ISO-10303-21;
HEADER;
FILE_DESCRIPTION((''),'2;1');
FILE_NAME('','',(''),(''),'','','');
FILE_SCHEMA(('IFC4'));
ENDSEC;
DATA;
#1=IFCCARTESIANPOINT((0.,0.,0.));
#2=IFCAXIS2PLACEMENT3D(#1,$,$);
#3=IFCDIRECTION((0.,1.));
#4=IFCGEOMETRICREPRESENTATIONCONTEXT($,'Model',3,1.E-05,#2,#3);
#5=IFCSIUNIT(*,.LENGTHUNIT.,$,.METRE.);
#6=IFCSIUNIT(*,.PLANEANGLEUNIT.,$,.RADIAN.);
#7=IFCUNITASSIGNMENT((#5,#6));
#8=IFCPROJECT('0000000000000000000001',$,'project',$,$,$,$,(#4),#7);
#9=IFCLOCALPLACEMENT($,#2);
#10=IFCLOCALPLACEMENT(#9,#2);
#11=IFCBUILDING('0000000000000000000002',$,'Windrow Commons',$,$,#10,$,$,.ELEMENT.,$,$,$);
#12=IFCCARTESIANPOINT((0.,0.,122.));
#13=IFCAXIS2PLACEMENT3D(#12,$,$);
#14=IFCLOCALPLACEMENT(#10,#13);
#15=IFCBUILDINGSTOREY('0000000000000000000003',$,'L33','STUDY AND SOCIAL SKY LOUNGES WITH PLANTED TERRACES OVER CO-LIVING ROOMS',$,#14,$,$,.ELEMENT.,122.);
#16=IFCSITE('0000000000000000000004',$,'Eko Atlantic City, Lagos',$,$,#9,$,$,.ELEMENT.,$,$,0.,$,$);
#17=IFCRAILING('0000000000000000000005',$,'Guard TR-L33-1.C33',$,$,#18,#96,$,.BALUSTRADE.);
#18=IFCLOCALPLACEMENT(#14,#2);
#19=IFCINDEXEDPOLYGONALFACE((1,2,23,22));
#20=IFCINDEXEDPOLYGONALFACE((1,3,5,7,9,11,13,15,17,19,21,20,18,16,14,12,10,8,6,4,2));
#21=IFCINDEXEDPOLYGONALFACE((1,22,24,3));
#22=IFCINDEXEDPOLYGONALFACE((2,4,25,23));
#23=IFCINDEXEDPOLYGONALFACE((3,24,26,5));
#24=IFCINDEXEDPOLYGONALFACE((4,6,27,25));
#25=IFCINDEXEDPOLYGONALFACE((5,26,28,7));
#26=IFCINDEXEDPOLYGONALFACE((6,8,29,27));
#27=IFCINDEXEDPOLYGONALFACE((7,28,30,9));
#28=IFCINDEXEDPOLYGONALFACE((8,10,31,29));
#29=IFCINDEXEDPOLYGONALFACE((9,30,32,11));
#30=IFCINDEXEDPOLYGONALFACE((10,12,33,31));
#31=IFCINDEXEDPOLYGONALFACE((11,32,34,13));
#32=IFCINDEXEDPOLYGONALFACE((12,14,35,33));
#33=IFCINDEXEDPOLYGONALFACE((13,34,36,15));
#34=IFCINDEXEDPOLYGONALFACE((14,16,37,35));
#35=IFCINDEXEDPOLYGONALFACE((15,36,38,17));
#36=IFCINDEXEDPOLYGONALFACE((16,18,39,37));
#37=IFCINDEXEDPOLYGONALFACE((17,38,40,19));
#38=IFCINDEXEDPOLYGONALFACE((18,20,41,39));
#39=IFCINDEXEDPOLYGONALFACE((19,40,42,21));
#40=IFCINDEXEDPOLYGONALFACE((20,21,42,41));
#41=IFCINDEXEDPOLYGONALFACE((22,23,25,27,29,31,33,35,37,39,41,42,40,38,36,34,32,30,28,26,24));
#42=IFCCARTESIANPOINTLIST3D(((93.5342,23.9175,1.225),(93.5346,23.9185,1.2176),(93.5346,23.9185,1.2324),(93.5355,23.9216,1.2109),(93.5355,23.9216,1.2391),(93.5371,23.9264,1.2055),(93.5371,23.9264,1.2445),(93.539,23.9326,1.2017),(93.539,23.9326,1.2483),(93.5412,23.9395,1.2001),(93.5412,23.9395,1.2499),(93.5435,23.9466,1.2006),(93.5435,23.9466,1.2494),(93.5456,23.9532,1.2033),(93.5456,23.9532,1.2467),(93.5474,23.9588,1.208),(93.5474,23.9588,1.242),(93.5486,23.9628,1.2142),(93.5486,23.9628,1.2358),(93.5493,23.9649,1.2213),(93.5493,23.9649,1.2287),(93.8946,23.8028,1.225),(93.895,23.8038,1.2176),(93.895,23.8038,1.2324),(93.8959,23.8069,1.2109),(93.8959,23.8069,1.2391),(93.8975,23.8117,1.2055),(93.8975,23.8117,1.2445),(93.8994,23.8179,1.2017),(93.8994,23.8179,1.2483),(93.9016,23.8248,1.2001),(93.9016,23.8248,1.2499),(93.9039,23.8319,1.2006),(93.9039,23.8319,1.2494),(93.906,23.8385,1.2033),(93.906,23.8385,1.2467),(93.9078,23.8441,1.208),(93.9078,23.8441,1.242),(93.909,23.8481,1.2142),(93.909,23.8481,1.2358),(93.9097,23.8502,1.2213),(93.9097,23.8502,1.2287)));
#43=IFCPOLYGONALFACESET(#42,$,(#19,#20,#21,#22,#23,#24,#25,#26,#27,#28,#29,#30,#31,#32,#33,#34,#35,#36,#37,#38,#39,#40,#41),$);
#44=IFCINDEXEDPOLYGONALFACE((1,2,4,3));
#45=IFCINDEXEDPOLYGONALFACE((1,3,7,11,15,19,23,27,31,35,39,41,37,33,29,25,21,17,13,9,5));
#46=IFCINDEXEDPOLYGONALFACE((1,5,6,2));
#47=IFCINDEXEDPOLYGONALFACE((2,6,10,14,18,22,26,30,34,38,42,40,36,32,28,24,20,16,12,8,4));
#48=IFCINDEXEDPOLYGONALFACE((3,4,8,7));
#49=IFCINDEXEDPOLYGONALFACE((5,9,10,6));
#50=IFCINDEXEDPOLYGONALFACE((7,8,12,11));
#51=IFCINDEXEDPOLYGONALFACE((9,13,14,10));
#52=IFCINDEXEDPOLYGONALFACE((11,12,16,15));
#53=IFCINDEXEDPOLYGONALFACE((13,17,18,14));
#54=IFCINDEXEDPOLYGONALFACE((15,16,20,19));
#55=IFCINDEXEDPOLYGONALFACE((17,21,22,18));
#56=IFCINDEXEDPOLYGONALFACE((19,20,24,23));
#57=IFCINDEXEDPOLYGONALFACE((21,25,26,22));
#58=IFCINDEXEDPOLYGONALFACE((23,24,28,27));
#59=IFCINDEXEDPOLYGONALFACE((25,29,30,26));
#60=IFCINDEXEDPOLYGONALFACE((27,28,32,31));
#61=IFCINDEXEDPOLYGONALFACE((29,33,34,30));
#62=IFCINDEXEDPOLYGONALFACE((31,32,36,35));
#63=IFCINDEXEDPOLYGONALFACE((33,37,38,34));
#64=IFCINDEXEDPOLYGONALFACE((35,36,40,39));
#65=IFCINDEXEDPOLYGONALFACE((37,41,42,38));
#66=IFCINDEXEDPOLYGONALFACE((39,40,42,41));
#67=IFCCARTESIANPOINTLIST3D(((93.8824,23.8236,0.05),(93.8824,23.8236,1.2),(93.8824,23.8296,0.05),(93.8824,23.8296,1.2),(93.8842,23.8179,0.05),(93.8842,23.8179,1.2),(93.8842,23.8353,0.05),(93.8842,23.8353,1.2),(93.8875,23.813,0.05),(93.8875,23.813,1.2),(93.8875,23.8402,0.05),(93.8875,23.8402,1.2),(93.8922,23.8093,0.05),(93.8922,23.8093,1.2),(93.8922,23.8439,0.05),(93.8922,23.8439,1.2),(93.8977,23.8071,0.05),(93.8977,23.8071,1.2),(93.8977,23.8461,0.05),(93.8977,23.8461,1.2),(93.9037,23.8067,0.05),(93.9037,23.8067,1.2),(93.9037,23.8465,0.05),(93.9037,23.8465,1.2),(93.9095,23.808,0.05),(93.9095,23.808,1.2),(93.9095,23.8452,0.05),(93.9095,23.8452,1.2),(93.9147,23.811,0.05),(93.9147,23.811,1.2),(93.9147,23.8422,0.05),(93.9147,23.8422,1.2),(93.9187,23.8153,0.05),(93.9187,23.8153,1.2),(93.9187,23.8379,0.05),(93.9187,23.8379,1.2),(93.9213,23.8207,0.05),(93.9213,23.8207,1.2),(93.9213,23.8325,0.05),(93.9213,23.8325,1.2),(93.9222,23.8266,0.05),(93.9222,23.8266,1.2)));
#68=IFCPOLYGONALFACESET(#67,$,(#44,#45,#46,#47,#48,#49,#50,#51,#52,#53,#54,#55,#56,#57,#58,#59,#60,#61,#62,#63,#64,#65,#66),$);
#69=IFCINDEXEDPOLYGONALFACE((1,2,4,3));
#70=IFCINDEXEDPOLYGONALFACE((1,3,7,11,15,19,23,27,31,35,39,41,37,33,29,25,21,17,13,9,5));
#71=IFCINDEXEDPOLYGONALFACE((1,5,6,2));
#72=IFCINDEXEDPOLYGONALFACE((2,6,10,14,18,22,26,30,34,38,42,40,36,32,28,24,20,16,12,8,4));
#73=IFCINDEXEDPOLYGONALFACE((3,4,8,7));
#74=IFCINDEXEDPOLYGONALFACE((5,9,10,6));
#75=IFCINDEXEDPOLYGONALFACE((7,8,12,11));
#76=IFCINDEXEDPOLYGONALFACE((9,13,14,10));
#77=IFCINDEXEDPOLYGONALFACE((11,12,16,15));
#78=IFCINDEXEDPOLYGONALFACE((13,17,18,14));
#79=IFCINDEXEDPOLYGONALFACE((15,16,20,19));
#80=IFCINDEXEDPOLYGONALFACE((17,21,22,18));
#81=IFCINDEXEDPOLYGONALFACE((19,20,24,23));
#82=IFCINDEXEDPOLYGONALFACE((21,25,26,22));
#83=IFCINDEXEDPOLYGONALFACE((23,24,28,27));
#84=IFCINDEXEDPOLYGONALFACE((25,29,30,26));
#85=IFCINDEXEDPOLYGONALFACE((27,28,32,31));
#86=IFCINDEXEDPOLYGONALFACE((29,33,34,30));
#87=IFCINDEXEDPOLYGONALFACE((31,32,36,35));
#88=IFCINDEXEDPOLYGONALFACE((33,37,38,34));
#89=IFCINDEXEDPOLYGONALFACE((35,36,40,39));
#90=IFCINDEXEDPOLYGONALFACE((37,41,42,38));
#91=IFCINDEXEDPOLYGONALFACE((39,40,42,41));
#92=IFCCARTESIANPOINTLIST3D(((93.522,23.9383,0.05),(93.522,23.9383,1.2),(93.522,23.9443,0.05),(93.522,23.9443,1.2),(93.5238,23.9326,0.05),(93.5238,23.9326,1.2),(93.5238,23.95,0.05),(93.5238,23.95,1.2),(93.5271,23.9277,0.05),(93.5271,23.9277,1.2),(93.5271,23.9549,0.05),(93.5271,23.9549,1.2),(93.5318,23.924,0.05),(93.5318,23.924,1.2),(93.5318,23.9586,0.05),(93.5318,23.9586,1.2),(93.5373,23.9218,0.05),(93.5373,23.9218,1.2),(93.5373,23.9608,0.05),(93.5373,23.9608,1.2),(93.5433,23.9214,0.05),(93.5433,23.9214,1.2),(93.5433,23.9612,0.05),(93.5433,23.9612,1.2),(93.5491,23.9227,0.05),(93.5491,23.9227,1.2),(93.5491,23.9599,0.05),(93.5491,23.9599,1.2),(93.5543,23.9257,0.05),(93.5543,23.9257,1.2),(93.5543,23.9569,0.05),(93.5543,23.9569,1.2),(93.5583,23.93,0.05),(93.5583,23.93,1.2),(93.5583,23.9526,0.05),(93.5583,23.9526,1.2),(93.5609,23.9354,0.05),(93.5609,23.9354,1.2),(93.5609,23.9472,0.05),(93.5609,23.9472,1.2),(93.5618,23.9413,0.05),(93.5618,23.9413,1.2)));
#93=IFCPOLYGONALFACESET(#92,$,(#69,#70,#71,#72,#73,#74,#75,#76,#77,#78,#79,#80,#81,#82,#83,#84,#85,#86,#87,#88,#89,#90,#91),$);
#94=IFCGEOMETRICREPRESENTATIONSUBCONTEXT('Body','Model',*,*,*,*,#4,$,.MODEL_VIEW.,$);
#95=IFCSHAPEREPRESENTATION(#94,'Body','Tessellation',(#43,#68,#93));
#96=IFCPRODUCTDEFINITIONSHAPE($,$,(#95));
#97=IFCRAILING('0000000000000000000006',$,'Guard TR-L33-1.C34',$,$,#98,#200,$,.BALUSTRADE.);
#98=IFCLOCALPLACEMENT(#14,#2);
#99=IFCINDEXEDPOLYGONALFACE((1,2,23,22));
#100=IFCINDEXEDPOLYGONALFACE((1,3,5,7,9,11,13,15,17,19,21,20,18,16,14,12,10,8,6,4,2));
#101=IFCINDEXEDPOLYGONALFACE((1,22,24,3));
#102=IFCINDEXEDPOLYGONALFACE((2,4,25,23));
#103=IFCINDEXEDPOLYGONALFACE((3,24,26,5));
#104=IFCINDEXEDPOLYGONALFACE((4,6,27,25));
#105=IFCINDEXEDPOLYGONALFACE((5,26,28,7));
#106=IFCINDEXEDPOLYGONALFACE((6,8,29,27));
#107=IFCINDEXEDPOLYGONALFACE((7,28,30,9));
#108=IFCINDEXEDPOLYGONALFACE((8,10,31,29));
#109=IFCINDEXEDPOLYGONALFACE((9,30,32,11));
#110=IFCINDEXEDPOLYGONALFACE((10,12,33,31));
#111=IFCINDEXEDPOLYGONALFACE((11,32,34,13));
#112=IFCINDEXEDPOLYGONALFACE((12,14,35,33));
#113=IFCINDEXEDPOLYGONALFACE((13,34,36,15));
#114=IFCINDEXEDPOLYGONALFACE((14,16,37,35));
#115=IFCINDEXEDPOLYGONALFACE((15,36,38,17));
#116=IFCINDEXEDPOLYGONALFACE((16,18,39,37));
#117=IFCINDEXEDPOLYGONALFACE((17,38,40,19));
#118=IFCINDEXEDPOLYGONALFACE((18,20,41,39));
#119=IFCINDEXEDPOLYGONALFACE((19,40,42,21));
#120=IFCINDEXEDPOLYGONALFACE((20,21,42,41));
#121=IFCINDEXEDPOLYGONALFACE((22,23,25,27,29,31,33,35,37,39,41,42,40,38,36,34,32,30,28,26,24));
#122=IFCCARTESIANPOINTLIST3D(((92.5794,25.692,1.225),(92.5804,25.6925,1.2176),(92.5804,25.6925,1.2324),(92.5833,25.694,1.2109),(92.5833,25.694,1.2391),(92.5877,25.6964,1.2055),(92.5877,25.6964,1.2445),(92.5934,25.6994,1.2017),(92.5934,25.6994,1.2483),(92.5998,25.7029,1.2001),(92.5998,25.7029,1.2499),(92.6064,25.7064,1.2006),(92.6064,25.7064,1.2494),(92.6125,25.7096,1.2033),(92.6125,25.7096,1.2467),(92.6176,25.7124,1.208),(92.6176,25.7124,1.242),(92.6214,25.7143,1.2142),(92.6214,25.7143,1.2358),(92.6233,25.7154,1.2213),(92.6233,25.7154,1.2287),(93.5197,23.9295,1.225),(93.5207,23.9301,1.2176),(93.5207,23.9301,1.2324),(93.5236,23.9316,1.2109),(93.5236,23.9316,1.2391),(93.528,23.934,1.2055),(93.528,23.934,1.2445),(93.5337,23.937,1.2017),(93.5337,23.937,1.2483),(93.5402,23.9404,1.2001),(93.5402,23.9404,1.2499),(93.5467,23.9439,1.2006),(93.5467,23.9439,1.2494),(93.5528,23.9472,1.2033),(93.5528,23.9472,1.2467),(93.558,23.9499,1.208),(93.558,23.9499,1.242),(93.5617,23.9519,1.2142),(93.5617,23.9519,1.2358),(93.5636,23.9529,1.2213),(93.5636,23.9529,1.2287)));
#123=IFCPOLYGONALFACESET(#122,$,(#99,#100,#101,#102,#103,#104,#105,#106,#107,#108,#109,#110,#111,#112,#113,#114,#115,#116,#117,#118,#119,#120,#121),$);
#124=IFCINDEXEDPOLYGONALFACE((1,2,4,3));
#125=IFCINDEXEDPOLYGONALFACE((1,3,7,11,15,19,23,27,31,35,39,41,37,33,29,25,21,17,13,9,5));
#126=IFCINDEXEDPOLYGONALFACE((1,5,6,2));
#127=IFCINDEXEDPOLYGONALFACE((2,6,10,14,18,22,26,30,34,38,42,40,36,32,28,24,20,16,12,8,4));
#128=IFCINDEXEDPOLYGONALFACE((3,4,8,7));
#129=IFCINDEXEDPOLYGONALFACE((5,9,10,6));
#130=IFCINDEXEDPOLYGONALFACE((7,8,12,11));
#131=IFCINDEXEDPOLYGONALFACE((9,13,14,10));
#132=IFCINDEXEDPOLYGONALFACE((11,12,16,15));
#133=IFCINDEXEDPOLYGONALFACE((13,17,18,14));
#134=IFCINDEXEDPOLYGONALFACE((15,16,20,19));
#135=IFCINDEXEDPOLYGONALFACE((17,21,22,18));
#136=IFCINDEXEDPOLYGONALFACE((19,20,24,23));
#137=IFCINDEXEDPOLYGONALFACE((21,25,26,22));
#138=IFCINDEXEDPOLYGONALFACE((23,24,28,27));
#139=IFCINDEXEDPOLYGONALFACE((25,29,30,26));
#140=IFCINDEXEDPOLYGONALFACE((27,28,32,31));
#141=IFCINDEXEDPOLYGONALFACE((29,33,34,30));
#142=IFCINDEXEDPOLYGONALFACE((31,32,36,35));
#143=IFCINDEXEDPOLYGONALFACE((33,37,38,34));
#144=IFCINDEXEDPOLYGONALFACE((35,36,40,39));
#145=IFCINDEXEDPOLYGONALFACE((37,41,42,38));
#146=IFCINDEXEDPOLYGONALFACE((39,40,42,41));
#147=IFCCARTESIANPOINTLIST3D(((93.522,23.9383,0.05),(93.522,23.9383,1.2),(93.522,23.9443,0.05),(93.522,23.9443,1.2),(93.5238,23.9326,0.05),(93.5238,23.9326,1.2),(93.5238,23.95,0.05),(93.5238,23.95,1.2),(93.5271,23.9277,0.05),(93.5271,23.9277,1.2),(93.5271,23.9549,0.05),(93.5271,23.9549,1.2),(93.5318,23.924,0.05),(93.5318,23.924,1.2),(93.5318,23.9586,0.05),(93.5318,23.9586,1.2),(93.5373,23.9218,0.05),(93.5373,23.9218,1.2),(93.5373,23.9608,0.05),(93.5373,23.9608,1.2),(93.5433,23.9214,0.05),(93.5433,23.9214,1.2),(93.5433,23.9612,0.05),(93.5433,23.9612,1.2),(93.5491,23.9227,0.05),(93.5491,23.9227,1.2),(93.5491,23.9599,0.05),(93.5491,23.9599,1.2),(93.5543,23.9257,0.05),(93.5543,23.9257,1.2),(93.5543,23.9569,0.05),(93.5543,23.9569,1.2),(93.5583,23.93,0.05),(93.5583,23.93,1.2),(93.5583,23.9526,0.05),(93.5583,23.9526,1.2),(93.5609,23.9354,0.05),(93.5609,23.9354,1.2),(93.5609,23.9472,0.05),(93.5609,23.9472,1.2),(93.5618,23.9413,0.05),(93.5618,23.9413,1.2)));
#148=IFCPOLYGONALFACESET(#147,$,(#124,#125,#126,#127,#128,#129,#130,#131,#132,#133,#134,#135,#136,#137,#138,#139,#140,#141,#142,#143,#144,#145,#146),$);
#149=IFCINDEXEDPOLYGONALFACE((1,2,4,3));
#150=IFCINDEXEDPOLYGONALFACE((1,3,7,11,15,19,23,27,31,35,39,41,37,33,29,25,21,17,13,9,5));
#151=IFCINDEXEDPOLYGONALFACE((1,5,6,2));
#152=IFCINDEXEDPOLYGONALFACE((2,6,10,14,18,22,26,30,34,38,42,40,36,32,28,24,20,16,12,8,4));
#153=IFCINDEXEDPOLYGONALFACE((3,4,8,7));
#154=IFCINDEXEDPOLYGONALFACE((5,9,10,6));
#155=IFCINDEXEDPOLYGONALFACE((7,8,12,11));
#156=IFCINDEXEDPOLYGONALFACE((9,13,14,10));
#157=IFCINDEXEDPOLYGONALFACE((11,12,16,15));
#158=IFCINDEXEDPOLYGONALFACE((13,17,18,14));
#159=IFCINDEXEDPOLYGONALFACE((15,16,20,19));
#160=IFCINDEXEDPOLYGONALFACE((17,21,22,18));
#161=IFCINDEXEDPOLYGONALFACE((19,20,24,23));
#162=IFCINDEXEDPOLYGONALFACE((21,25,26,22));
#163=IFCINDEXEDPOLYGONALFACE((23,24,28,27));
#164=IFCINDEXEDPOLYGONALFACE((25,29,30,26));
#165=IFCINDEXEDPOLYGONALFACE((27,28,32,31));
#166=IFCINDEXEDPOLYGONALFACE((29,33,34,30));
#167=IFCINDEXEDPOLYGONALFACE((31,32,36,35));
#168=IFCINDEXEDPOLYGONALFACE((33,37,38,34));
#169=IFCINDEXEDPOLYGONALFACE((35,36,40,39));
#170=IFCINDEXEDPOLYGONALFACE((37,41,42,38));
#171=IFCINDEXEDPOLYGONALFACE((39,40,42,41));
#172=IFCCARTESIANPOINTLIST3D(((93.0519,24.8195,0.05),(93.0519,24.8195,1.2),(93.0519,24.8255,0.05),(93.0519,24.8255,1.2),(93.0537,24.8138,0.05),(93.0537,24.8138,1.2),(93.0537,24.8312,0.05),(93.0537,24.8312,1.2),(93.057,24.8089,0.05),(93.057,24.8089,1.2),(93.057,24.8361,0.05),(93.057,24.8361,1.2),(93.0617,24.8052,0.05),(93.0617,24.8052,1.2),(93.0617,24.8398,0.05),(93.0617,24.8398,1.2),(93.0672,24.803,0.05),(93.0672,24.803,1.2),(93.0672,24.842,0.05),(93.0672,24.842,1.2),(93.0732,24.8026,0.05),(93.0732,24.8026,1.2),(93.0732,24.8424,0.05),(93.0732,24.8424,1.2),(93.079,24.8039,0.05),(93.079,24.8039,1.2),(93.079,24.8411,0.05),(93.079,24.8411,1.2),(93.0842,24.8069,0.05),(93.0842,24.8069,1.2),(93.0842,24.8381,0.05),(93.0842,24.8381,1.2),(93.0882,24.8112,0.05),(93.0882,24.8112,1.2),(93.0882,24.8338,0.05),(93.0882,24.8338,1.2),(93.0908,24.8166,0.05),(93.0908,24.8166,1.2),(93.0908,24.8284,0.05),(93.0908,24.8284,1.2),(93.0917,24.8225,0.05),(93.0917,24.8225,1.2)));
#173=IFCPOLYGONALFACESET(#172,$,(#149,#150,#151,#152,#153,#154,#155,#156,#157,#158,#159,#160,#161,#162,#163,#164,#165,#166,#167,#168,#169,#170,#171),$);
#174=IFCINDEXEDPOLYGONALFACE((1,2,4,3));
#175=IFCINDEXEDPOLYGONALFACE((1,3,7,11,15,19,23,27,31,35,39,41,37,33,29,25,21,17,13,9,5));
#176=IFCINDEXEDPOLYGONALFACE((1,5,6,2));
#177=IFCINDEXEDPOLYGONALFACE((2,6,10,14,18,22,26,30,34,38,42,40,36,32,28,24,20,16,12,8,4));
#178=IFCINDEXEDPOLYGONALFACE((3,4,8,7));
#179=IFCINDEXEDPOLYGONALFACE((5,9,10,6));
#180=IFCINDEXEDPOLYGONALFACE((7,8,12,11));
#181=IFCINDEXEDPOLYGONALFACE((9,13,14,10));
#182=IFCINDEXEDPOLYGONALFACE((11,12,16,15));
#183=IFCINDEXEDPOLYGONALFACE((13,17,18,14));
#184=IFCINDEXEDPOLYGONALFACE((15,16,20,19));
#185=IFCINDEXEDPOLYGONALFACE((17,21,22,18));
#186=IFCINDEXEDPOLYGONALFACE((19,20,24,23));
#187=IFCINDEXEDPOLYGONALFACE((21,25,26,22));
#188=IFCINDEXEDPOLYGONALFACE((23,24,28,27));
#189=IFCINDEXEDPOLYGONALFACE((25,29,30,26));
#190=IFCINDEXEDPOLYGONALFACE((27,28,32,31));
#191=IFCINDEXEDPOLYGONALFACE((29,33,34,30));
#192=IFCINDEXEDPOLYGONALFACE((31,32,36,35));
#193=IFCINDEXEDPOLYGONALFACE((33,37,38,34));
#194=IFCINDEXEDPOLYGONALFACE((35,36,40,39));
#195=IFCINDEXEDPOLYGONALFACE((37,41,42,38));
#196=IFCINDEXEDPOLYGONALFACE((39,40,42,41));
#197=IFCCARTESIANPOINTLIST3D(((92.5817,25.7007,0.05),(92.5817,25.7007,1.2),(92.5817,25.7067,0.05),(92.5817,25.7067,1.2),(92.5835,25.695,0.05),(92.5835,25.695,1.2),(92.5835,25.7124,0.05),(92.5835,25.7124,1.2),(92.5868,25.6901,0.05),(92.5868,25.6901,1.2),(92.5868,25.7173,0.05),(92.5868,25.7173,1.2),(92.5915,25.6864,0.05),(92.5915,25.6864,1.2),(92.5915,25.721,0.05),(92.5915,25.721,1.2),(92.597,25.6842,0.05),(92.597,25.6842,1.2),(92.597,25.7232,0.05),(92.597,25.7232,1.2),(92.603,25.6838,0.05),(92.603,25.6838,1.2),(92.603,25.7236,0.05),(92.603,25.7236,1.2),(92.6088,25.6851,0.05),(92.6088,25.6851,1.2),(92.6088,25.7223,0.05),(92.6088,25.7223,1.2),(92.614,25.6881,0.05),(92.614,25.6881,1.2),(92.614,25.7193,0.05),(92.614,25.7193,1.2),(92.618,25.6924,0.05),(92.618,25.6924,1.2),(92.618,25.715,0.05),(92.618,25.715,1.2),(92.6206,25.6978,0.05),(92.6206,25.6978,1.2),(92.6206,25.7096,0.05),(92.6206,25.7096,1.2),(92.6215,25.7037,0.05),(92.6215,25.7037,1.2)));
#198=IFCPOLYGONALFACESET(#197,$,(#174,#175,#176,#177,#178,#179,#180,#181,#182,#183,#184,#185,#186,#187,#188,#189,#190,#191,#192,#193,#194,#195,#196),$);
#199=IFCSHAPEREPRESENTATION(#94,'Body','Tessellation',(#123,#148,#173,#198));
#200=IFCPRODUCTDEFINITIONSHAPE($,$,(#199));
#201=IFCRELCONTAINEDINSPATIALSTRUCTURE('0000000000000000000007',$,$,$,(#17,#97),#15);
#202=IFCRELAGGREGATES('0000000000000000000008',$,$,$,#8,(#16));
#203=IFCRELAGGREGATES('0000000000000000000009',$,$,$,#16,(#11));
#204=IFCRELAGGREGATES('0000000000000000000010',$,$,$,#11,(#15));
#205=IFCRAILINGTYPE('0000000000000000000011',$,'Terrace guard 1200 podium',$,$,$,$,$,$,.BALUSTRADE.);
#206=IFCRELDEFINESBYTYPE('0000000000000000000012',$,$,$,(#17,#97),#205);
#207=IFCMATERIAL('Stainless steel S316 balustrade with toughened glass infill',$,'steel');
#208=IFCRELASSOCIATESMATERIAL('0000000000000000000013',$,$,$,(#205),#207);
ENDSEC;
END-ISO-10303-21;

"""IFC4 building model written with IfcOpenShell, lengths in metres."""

from ifc_helpers import new_model, si_unit, direction, frame, origin, origin_2d, place, context, subcontext, project, spatial, circle, extrude, material, type_object, element, save


model = new_model("IFC4")

# Units and contexts
model_context = context("Model", 3, precision=1e-05, world=origin(), true_north=direction((0.0, 1.0)))
body_context = subcontext(model_context, "Body", "Model", "MODEL_VIEW")
ifc_project = project(units=[si_unit("LENGTHUNIT", "METRE"), si_unit("PLANEANGLEUNIT", "RADIAN")], contexts=[model_context])

# Site, building, storey
site_placement = place(None, origin())
site = spatial("IfcSite", under=ifc_project, at=site_placement, Name="Eko Atlantic City, Lagos", CompositionType="ELEMENT", RefElevation=0.0)
building_placement = place(site_placement, origin())
building = spatial("IfcBuilding", under=site, at=building_placement, Name="Windrow Commons", CompositionType="ELEMENT")
storey_placement = place(building_placement, frame((0.0, 0.0, 122.0)))
storey = spatial("IfcBuildingStorey", under=building, at=storey_placement, Name="L33", Description="STUDY AND SOCIAL SKY LOUNGES WITH PLANTED TERRACES OVER CO-LIVING ROOMS", CompositionType="ELEMENT", Elevation=122.0)

# Railings
ifc_material_1 = material(Name="Stainless steel S316 balustrade with toughened glass infill", Category="steel")
railing_type = type_object("IfcRailingType", Name="Terrace guard 1200 podium", PredefinedType="BALUSTRADE", material=ifc_material_1)
railing_1_placement = place(storey_placement, frame((93.9022, 23.8266, 0.05)))
element("IfcRailing", 1, at=railing_1_placement, inside=storey, type_object=railing_type, Name="Guard TR-L33-1.C33", PredefinedType="BALUSTRADE", context=body_context, shape_type="SweptSolid", body=[
    extrude(circle(Radius=0.025, at=origin_2d()), frame((0.0, 0.0, 1.175), z_axis=(-0.952905, 0.303269, 0.0), x_axis=(-0.303269, -0.952905, 0.0)), (0.0, 0.0, 1.0), 0.3782),
    extrude(circle(Radius=0.02, at=origin_2d()), origin(), (0.0, 0.0, 1.0), 1.15),
    extrude(circle(Radius=0.02, at=origin_2d()), frame((-0.3604, 0.1147, 0.0)), (0.0, 0.0, 1.0), 1.15),
])
railing_2_placement = place(storey_placement, frame((93.5418, 23.9413, 0.05)))
element("IfcRailing", 2, at=railing_2_placement, inside=storey, type_object=railing_type, Name="Guard TR-L33-1.C34", PredefinedType="BALUSTRADE", context=body_context, shape_type="SweptSolid", body=[
    extrude(circle(Radius=0.025, at=origin_2d()), frame((0.0, 0.0, 1.175), z_axis=(-0.470726, 0.882279, 0.0), x_axis=(-0.882279, -0.470726, 0.0)), (0.0, 0.0, 1.0), 1.9976),
    extrude(circle(Radius=0.02, at=origin_2d()), origin(), (0.0, 0.0, 1.0), 1.15),
    extrude(circle(Radius=0.02, at=origin_2d()), frame((-0.4701, 0.8812, 0.0)), (0.0, 0.0, 1.0), 1.15),
    extrude(circle(Radius=0.02, at=origin_2d()), frame((-0.9403, 1.7624, 0.0)), (0.0, 0.0, 1.0), 1.15),
])

save(model, "model.ifc")
